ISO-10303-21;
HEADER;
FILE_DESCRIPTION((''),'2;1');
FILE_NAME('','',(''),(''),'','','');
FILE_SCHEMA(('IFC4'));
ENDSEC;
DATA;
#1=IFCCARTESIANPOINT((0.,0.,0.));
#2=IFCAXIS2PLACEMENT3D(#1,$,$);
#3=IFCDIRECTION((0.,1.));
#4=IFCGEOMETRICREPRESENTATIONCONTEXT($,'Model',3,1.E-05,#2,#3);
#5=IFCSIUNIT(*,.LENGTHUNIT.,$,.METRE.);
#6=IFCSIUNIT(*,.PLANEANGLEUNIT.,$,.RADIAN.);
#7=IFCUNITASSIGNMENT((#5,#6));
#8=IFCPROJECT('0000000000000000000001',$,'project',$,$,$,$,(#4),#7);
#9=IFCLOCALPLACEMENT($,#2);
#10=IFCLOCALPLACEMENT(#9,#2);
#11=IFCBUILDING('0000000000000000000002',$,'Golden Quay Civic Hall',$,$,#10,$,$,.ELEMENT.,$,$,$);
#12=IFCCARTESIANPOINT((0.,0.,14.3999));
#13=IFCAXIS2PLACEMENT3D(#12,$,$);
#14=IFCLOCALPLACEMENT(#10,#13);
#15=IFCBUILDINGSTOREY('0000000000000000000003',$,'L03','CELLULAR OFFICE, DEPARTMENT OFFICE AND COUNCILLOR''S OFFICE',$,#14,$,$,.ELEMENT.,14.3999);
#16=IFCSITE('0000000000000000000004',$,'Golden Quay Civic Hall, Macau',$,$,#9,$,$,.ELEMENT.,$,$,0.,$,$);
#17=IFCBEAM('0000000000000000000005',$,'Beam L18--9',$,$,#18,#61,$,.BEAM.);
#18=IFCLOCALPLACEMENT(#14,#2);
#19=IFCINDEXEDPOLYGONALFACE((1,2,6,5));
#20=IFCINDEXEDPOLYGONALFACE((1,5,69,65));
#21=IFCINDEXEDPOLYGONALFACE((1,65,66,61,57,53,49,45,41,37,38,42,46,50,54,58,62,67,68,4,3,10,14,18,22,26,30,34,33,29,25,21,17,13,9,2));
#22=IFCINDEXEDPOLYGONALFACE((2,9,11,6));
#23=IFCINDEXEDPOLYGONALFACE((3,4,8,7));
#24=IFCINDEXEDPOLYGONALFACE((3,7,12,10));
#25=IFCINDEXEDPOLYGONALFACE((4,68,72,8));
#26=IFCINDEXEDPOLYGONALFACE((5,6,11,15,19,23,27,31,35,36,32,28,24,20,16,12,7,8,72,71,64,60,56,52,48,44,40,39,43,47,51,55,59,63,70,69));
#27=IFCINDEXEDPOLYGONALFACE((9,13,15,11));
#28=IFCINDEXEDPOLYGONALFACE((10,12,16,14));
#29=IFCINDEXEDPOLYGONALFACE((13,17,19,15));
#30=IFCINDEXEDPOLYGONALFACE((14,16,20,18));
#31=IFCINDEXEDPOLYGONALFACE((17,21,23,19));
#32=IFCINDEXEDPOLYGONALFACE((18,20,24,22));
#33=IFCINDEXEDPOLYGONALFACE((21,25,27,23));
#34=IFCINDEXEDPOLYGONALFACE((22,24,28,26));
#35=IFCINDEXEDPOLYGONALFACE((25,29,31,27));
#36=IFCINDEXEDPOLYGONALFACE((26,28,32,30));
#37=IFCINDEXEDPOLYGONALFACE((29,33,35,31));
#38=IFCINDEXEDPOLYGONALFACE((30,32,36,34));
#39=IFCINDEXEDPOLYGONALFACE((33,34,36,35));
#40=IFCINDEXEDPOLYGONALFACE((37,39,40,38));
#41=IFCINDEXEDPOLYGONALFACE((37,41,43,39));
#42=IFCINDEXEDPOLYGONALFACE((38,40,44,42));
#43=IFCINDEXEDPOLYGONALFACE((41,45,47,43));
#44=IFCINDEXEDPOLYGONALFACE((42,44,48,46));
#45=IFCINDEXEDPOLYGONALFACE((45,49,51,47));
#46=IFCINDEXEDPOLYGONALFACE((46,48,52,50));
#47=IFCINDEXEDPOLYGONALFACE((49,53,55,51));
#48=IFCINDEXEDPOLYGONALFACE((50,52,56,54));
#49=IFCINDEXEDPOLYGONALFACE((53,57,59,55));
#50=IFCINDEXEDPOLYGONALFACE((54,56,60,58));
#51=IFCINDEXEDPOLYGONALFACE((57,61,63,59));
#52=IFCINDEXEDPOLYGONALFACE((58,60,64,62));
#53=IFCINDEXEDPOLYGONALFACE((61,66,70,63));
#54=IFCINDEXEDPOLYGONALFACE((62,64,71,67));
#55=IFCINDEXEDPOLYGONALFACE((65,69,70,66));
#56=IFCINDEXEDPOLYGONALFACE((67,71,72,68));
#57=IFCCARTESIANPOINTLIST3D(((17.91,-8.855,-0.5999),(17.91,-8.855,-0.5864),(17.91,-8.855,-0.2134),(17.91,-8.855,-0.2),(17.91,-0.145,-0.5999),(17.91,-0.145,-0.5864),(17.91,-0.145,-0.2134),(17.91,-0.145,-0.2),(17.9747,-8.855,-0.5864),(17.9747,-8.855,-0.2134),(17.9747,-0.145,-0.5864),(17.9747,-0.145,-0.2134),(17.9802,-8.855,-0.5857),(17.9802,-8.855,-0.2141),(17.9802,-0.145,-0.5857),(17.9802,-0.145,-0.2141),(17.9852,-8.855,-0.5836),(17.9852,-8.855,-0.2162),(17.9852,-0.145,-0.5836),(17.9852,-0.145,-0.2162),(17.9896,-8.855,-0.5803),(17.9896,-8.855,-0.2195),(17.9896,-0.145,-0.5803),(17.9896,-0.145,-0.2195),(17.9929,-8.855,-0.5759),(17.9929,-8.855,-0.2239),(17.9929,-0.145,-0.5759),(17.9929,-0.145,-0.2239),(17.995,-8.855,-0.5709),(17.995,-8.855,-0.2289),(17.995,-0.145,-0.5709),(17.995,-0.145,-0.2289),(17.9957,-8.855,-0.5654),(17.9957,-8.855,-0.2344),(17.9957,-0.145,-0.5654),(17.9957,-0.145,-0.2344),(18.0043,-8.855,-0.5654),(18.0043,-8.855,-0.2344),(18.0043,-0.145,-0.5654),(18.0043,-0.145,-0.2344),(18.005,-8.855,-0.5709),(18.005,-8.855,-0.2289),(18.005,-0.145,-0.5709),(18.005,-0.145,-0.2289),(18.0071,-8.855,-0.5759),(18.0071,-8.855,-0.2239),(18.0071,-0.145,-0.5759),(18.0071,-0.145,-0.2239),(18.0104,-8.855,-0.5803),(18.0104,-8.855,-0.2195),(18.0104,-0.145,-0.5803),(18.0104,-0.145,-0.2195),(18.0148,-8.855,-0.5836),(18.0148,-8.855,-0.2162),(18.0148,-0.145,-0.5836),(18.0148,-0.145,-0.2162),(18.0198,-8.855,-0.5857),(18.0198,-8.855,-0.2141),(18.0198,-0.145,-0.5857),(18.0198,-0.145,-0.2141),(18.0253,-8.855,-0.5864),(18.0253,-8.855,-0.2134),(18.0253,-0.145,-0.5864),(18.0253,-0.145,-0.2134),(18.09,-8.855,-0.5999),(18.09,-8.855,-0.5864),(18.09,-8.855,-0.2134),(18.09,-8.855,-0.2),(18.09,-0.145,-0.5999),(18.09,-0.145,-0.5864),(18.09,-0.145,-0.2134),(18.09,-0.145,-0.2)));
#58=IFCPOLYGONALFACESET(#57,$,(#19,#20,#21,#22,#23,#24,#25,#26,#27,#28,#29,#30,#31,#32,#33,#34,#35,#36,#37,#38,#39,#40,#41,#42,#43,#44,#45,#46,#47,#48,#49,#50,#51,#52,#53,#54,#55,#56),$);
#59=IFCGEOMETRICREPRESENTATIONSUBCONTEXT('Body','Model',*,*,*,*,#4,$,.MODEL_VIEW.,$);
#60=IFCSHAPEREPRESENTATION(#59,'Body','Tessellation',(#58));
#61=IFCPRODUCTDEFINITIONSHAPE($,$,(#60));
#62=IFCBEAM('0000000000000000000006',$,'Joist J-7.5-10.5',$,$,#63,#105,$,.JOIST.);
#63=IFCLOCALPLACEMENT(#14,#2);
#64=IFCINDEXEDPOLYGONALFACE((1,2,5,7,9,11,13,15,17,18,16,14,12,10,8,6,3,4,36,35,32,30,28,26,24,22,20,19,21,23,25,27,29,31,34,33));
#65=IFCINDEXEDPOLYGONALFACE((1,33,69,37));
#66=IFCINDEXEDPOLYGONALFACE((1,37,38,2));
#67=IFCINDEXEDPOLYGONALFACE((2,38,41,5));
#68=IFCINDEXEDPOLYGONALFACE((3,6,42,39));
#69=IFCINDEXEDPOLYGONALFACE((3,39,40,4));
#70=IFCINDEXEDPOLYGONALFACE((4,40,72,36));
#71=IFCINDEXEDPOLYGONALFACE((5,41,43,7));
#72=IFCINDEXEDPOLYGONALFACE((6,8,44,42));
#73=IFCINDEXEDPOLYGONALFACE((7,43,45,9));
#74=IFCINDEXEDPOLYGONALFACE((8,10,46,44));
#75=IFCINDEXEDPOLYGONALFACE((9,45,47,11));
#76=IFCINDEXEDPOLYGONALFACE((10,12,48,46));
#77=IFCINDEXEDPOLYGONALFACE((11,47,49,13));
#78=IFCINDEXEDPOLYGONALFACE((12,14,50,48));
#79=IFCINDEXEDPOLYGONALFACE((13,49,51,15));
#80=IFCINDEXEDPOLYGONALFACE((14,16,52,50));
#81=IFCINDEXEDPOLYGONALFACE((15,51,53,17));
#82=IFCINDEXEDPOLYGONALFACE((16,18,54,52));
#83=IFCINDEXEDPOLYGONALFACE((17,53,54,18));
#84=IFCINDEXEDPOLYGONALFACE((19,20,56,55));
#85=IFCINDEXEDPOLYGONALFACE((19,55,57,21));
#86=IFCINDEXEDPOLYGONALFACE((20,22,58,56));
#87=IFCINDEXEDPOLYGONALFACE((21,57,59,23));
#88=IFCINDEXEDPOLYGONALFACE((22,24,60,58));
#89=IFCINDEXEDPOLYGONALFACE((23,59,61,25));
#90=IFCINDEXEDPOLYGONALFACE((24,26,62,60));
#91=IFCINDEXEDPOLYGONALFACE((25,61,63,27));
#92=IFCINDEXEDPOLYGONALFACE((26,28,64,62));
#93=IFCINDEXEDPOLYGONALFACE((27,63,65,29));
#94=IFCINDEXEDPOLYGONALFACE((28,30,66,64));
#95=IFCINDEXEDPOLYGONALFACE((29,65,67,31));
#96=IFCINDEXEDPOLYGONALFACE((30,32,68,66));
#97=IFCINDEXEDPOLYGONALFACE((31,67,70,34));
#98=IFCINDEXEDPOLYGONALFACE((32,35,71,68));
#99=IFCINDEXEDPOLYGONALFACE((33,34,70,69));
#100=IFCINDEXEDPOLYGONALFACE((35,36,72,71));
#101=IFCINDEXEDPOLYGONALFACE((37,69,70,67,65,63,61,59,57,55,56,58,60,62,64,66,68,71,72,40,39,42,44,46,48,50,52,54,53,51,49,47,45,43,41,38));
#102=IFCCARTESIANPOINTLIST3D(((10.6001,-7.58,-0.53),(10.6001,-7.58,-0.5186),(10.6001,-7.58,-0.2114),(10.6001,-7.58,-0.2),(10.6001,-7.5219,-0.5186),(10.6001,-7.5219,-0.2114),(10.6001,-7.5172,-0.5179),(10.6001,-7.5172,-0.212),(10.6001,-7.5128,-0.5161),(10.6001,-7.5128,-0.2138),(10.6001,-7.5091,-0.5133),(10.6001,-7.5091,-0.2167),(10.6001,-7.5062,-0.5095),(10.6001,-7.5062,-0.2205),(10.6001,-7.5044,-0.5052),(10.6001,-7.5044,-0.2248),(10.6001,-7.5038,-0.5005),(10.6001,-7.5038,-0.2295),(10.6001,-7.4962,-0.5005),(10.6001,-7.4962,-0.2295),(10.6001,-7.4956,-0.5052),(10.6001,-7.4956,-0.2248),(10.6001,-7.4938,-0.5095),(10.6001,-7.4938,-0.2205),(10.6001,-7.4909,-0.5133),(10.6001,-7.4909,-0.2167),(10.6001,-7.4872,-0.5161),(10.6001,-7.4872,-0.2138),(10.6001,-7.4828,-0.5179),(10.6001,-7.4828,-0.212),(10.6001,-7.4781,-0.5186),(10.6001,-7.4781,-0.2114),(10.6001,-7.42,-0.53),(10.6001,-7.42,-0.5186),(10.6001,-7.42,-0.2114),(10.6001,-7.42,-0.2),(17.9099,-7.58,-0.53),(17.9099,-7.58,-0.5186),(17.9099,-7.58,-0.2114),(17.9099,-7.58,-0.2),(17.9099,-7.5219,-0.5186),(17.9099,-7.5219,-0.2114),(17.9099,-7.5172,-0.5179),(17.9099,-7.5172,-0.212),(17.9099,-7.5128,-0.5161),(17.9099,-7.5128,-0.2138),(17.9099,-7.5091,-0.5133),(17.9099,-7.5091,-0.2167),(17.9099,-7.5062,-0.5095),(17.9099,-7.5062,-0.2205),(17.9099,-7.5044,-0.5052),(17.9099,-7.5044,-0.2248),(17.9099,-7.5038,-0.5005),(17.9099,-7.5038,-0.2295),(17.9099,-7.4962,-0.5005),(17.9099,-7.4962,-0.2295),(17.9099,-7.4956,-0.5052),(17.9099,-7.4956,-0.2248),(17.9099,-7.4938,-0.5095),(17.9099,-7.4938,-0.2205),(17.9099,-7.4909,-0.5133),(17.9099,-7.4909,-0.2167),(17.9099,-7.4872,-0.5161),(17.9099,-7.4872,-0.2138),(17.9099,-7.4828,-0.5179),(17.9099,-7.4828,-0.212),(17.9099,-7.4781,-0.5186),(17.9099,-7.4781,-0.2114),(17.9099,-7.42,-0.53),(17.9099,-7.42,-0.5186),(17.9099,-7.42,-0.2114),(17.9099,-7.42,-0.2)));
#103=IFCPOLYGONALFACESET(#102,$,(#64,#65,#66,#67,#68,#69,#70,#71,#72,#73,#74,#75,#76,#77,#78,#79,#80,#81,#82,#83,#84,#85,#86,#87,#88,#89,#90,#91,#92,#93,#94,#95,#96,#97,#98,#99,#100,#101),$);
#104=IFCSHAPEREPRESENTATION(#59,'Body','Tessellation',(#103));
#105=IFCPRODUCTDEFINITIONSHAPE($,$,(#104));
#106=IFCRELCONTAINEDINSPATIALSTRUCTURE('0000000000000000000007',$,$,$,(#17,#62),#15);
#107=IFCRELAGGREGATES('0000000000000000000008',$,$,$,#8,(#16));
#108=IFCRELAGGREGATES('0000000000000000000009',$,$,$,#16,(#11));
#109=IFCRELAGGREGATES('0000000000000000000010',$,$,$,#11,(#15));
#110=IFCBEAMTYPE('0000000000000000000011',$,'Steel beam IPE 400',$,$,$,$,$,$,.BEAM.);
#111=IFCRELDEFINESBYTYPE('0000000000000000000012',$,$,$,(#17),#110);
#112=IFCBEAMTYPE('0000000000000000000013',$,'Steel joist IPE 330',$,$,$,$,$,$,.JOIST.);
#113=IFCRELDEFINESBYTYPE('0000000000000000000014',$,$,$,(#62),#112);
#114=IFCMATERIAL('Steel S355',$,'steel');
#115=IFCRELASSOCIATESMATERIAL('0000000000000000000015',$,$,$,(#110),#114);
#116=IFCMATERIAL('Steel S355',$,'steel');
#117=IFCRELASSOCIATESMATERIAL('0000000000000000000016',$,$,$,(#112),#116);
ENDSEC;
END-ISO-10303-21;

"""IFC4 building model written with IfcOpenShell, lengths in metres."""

from ifc_helpers import new_model, si_unit, direction, frame, origin, origin_2d, place, context, subcontext, project, spatial, i_section, extrude, material, material_profile, profile_set, type_object, element, save


model = new_model("IFC4")

# Units and contexts
model_context = context("Model", 3, precision=1e-05, world=origin(), true_north=direction((0.0, 1.0)))
body_context = subcontext(model_context, "Body", "Model", "MODEL_VIEW")
ifc_project = project(units=[si_unit("LENGTHUNIT", "METRE"), si_unit("PLANEANGLEUNIT", "RADIAN")], contexts=[model_context])

# Site, building, storey
site_placement = place(None, origin())
site = spatial("IfcSite", under=ifc_project, at=site_placement, Name="Golden Quay Civic Hall, Macau", CompositionType="ELEMENT", RefElevation=0.0)
building_placement = place(site_placement, origin())
building = spatial("IfcBuilding", under=site, at=building_placement, Name="Golden Quay Civic Hall", CompositionType="ELEMENT")
storey_placement = place(building_placement, frame((0.0, 0.0, 14.3999)))
storey = spatial("IfcBuildingStorey", under=building, at=storey_placement, Name="L03", Description="CELLULAR OFFICE, DEPARTMENT OFFICE AND COUNCILLOR'S OFFICE", CompositionType="ELEMENT", Elevation=14.3999)

# Beams
ifc_material_1 = material(Name="Steel S355", Category="steel")
ifc_material_profile_1 = material_profile(ifc_material_1, i_section(OverallWidth=0.1799, OverallDepth=0.3999, WebThickness=0.0085, FlangeThickness=0.0134, FilletRadius=0.021, at=origin_2d()), Name="IPE 400")
ifc_profile_set_1 = profile_set([ifc_material_profile_1], Name="Steel S355")
beam_type_1 = type_object("IfcBeamType", Name="Steel beam IPE 400", PredefinedType="BEAM", material=ifc_profile_set_1)
beam_1_placement = place(storey_placement, frame((18.0, -8.855, -0.3999), z_axis=(0.0, 1.0, 0.0), x_axis=(-1.0, 0.0, 0.0)))
element("IfcBeam", 1, at=beam_1_placement, inside=storey, type_object=beam_type_1, Name="Beam L18--9", PredefinedType="BEAM", context=body_context, shape_type="SweptSolid", body=[
    extrude(i_section(OverallWidth=0.1799, OverallDepth=0.3999, WebThickness=0.0085, FlangeThickness=0.0134, FilletRadius=0.021, at=origin_2d()), origin(), (0.0, 0.0, 1.0), 8.71),
])
ifc_material_2 = material(Name="Steel S355", Category="steel")
ifc_material_profile_2 = material_profile(ifc_material_2, i_section(OverallWidth=0.1599, OverallDepth=0.3301, WebThickness=0.0076, FlangeThickness=0.0115, FilletRadius=0.0181, at=origin_2d()), Name="IPE 330")
ifc_profile_set_2 = profile_set([ifc_material_profile_2], Name="Steel S355")
beam_type_2 = type_object("IfcBeamType", Name="Steel joist IPE 330", PredefinedType="JOIST", material=ifc_profile_set_2)
beam_2_placement = place(storey_placement, frame((10.6001, -7.5, -0.365), z_axis=(1.0, 0.0, 0.0), x_axis=(0.0, 1.0, 0.0)))
element("IfcBeam", 2, at=beam_2_placement, inside=storey, type_object=beam_type_2, Name="Joist J-7.5-10.5", PredefinedType="JOIST", context=body_context, shape_type="SweptSolid", body=[
    extrude(i_section(OverallWidth=0.1599, OverallDepth=0.3301, WebThickness=0.0076, FlangeThickness=0.0115, FilletRadius=0.0181, at=origin_2d()), origin(), (0.0, 0.0, 1.0), 7.3098),
])

save(model, "model.ifc")
